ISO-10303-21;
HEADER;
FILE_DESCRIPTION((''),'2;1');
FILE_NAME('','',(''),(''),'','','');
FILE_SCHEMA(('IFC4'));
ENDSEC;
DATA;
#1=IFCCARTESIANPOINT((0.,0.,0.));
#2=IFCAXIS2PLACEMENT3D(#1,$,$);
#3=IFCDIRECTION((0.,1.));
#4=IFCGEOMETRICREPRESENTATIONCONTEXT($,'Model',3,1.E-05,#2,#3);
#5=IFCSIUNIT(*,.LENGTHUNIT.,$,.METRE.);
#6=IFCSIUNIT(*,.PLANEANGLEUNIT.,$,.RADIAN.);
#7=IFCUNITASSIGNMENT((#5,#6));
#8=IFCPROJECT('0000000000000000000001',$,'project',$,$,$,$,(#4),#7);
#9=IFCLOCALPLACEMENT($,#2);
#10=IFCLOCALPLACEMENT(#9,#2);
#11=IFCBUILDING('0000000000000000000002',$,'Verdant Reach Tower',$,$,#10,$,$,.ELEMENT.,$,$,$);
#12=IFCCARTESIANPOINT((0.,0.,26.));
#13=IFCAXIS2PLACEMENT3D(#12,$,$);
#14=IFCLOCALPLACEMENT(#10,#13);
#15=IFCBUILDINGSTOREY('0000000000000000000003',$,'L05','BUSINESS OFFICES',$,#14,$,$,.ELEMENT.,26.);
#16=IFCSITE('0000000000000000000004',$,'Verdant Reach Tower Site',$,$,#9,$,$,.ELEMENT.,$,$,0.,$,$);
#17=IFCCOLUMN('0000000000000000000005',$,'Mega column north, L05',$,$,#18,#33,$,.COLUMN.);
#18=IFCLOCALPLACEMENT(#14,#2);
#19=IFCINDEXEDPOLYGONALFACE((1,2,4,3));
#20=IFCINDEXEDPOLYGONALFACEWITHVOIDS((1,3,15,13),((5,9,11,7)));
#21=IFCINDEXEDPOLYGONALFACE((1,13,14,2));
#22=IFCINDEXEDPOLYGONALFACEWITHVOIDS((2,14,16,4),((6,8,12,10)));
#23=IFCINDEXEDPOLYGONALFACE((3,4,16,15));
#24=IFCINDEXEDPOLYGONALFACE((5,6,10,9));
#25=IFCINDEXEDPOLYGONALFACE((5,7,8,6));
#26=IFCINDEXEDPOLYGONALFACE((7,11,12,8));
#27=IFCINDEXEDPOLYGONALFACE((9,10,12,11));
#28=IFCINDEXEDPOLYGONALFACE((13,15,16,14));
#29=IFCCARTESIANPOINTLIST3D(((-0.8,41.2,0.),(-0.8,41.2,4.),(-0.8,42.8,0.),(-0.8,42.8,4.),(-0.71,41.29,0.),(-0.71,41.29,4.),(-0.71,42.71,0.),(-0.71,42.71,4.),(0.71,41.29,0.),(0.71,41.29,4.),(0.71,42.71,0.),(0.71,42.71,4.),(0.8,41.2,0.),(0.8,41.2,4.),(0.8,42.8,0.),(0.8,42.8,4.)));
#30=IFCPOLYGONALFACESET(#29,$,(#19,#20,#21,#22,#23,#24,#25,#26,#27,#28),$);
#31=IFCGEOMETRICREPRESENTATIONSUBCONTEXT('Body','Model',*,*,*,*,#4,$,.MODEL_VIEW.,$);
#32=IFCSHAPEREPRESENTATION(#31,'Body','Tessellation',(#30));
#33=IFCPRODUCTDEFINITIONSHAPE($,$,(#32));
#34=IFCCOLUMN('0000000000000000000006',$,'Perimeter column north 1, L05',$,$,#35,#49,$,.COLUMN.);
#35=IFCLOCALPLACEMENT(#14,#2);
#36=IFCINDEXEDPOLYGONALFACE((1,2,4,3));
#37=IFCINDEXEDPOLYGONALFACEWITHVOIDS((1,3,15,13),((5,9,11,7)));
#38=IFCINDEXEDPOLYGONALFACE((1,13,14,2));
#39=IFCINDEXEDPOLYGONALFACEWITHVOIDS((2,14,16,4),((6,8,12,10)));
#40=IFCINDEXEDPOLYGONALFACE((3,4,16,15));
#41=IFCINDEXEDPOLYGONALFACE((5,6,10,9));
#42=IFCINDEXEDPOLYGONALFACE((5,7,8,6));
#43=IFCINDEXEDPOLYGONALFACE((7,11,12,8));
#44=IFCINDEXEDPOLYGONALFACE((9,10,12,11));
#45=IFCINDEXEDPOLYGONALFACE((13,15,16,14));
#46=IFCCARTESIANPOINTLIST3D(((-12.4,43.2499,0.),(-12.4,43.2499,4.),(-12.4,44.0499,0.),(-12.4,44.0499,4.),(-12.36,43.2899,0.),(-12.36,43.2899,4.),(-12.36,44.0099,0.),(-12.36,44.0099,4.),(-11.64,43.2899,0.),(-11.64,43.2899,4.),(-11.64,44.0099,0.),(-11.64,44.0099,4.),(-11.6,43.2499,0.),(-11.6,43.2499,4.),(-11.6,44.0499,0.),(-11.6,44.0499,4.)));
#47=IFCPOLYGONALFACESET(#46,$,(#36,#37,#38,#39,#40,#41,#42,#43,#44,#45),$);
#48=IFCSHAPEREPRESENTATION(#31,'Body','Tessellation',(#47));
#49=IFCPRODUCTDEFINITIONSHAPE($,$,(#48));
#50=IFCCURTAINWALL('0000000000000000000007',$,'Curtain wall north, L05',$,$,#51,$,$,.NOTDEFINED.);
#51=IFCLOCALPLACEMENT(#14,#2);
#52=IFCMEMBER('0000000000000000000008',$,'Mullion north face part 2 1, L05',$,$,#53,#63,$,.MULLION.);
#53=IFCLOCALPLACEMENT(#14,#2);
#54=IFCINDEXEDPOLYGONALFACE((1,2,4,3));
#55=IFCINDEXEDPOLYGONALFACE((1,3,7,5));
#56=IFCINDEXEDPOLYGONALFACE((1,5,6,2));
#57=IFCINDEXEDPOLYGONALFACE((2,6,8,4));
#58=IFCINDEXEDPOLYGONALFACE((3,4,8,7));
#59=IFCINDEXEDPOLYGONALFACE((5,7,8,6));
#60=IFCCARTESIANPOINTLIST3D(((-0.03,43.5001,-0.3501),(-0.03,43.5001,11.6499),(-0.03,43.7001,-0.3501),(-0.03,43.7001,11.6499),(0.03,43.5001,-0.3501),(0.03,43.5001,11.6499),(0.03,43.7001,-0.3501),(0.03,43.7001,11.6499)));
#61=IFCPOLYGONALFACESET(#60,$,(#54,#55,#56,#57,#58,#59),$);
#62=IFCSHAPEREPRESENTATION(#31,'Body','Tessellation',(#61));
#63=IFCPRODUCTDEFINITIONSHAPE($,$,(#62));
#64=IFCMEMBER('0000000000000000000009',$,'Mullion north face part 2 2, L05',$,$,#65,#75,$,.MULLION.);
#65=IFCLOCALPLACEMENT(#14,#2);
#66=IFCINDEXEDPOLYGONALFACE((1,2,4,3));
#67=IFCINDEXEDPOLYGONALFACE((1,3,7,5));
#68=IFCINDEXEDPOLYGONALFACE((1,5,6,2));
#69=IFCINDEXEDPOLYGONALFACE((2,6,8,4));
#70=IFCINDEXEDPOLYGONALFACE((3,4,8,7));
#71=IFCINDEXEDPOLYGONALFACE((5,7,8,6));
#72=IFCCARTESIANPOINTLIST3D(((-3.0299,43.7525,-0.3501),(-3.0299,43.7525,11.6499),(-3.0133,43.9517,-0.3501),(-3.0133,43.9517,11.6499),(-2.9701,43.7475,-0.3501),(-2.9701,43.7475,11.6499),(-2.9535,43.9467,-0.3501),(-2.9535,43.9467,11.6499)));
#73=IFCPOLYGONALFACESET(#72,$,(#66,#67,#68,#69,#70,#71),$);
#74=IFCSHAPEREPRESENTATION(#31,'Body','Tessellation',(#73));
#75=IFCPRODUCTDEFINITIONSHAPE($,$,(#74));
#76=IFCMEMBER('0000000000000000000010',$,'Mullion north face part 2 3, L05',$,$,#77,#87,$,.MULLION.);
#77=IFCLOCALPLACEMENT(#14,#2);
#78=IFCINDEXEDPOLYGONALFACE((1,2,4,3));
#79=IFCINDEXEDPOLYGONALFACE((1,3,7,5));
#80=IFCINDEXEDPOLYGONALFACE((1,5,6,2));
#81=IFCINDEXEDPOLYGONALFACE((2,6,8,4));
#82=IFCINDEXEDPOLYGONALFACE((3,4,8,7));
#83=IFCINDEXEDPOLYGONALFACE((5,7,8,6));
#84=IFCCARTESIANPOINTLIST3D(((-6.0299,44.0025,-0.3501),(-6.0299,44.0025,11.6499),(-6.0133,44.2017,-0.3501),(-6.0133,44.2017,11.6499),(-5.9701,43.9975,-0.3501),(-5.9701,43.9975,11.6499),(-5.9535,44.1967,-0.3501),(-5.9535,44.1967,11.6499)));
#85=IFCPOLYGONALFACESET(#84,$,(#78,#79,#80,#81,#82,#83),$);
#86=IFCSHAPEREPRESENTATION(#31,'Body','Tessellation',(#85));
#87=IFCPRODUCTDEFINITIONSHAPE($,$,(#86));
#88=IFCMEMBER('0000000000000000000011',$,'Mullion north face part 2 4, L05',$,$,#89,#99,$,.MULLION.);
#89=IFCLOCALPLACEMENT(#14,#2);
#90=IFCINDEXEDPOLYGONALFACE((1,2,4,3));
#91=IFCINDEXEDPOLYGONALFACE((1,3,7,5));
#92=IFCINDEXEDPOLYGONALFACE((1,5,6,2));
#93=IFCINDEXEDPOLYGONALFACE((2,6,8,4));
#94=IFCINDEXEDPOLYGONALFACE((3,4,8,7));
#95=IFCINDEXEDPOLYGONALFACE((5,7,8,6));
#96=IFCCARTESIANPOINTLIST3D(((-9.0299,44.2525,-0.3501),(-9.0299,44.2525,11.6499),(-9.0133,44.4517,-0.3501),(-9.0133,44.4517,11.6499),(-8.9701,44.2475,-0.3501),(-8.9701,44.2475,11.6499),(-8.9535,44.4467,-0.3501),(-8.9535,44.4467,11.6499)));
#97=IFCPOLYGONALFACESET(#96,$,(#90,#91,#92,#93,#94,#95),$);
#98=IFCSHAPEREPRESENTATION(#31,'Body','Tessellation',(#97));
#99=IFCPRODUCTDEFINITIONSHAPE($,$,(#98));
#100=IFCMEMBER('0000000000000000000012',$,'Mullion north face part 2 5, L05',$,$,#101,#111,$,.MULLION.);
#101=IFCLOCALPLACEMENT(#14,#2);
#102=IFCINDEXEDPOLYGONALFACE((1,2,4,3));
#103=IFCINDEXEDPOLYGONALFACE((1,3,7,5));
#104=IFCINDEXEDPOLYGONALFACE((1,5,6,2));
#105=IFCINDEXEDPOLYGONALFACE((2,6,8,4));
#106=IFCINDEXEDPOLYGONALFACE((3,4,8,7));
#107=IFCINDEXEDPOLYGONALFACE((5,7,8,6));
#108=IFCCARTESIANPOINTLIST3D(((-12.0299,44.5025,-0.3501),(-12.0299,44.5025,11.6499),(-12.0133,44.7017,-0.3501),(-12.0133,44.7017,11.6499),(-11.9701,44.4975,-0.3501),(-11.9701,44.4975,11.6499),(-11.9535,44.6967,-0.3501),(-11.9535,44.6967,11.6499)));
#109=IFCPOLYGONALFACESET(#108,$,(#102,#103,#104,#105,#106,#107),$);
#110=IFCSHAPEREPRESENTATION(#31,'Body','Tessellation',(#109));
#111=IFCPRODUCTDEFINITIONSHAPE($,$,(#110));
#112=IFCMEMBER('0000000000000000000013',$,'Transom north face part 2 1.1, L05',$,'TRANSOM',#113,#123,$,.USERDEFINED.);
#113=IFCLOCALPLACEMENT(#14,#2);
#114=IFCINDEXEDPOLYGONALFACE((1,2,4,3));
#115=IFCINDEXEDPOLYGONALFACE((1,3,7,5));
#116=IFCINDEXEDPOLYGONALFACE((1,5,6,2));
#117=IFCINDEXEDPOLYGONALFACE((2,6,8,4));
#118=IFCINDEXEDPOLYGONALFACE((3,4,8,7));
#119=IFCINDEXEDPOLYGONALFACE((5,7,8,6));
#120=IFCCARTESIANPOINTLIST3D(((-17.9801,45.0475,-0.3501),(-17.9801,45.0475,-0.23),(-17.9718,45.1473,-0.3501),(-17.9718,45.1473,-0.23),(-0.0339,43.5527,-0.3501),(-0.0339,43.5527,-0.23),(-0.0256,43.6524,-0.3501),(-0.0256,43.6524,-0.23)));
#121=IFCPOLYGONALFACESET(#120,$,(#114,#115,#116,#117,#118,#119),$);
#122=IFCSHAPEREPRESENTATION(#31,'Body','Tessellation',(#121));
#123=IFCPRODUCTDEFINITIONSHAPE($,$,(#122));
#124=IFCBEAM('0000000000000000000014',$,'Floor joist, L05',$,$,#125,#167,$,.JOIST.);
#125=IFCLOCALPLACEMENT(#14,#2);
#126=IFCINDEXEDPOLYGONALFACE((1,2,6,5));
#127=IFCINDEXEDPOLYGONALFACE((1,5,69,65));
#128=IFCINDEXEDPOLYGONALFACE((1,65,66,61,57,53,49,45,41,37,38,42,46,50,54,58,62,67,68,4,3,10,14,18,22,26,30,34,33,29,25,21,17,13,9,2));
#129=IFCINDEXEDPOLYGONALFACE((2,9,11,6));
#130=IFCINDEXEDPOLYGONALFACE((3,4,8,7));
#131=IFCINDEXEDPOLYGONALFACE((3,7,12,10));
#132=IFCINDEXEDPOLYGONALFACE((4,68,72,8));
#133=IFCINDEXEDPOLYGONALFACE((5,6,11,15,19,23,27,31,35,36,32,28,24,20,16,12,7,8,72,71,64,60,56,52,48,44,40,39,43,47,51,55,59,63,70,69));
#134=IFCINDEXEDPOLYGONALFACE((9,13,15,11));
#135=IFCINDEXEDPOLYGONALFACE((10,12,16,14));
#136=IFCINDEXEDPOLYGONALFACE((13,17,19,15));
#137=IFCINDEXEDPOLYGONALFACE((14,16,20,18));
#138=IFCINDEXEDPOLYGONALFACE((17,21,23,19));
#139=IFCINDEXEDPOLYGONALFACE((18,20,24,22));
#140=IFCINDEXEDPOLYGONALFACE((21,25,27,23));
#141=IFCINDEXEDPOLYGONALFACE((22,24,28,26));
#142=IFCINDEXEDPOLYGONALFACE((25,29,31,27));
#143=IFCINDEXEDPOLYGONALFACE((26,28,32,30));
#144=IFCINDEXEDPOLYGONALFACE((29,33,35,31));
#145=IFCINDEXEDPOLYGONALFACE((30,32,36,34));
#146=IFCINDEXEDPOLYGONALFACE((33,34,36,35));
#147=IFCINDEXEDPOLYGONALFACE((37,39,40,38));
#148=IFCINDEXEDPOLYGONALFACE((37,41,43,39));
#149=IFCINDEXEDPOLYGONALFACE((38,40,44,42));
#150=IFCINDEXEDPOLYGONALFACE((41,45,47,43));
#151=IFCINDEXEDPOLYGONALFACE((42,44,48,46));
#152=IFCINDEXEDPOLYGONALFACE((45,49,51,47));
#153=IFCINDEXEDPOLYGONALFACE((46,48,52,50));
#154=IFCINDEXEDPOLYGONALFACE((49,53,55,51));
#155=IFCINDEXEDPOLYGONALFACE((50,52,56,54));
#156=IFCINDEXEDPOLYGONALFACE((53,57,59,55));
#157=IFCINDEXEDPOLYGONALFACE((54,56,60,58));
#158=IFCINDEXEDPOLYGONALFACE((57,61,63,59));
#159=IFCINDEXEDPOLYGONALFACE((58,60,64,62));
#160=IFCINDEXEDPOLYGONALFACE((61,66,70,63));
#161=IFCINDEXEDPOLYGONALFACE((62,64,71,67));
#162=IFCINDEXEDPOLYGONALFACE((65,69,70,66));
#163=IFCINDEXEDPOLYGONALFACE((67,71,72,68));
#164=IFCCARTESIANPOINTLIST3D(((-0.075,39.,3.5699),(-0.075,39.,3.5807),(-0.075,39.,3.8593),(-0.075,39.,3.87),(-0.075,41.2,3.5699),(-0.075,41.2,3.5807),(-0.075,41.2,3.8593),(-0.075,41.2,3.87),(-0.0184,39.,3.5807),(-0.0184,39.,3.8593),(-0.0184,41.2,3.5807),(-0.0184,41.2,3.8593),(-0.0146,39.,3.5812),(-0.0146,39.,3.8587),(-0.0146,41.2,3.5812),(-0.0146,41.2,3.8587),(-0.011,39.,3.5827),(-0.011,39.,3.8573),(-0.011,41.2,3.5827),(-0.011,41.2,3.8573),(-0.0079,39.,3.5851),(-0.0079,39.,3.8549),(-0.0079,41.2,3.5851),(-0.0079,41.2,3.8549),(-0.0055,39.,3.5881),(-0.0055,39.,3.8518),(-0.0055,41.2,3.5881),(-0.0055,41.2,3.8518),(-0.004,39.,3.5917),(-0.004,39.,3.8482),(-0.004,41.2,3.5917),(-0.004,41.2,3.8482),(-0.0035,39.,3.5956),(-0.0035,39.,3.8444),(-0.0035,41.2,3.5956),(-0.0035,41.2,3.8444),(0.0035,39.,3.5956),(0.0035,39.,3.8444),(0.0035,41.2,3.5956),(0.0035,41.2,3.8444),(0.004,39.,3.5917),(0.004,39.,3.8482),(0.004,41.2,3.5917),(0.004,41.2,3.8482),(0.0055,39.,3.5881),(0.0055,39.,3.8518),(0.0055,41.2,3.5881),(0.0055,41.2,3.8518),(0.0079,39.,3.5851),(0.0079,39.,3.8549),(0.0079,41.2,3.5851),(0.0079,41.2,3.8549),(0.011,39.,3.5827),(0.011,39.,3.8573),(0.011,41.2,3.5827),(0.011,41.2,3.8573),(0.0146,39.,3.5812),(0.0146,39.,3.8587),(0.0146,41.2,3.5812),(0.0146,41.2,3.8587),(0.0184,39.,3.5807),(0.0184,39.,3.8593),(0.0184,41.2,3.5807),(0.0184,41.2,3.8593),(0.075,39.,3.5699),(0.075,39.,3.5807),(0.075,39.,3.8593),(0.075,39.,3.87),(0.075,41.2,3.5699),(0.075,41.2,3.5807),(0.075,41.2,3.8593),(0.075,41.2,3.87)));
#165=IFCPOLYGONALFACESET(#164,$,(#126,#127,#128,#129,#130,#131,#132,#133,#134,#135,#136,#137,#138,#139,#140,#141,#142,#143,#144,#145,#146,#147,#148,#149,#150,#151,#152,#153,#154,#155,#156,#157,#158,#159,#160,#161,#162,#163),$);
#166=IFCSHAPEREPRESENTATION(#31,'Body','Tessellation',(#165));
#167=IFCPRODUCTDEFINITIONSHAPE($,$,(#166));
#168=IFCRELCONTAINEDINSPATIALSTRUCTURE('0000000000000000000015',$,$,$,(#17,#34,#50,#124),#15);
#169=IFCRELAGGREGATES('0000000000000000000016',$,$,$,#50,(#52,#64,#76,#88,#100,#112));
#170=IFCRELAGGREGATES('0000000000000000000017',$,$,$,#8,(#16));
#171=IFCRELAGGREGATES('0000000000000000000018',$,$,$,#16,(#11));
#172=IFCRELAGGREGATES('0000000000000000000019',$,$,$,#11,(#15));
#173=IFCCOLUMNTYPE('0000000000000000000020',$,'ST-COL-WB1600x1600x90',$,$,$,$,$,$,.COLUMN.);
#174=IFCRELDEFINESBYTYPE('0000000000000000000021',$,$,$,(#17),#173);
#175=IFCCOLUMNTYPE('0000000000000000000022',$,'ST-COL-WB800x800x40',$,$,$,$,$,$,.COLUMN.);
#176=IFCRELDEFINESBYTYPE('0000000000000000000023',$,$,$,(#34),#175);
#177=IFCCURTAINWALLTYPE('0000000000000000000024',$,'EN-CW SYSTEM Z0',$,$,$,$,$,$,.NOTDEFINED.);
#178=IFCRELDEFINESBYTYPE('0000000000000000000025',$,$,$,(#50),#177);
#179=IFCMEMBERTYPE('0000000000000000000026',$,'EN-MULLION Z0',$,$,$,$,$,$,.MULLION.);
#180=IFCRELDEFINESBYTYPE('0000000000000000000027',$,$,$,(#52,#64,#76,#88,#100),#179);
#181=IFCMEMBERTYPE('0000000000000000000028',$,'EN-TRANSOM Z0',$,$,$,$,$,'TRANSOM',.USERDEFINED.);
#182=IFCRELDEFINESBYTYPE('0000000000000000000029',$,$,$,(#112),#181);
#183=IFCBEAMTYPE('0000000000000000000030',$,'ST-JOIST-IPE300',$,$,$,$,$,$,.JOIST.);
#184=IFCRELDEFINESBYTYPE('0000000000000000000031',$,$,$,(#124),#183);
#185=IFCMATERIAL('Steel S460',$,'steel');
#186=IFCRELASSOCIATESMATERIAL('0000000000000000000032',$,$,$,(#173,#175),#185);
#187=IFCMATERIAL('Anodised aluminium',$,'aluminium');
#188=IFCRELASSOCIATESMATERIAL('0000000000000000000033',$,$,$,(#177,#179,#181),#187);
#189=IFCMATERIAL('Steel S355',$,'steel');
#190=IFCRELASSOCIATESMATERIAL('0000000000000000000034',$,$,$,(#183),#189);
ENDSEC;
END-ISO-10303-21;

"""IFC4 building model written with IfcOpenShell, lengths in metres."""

from ifc_helpers import new_model, si_unit, direction, frame, origin, origin_2d, place, context, subcontext, project, spatial, rectangle, hollow_rectangle, i_section, extrude, material, material_profile, profile_set, type_object, element, aggregate, save


model = new_model("IFC4")

# Units and contexts
model_context = context("Model", 3, precision=1e-05, world=origin(), true_north=direction((0.0, 1.0)))
body_context = subcontext(model_context, "Body", "Model", "MODEL_VIEW")
ifc_project = project(units=[si_unit("LENGTHUNIT", "METRE"), si_unit("PLANEANGLEUNIT", "RADIAN")], contexts=[model_context])

# Site, building, storey
site_placement = place(None, origin())
site = spatial("IfcSite", under=ifc_project, at=site_placement, Name="Verdant Reach Tower Site", CompositionType="ELEMENT", RefElevation=0.0)
building_placement = place(site_placement, origin())
building = spatial("IfcBuilding", under=site, at=building_placement, Name="Verdant Reach Tower", CompositionType="ELEMENT")
storey_placement = place(building_placement, frame((0.0, 0.0, 26.0)))
storey = spatial("IfcBuildingStorey", under=building, at=storey_placement, Name="L05", Description="BUSINESS OFFICES", CompositionType="ELEMENT", Elevation=26.0)

# Columns
ifc_material_1 = material(Name="Steel S460", Category="steel")
ifc_material_profile_1 = material_profile(ifc_material_1, hollow_rectangle(XDim=1.6001, YDim=1.6001, WallThickness=0.0901, at=origin_2d()), Name="WB 1600x1600x90")
ifc_profile_set_1 = profile_set([ifc_material_profile_1], Name="Steel S460")
column_type_1 = type_object("IfcColumnType", Name="ST-COL-WB1600x1600x90", PredefinedType="COLUMN", material=ifc_profile_set_1)
column_1_placement = place(storey_placement, frame((0.0, 42.0, 0.0), z_axis=(0.0, 0.0, 1.0), x_axis=(1.0, 0.0, 0.0)))
element("IfcColumn", 1, at=column_1_placement, inside=storey, type_object=column_type_1, Name="Mega column north, L05", PredefinedType="COLUMN", context=body_context, shape_type="SweptSolid", body=[
    extrude(hollow_rectangle(XDim=1.6001, YDim=1.6001, WallThickness=0.0901, at=origin_2d()), origin(), (0.0, 0.0, 1.0), 4.0),
])
ifc_material_profile_2 = material_profile(ifc_material_1, hollow_rectangle(XDim=0.8, YDim=0.8, WallThickness=0.04, at=origin_2d()), Name="WB 800x800x40")
ifc_profile_set_2 = profile_set([ifc_material_profile_2], Name="Steel S460")
column_type_2 = type_object("IfcColumnType", Name="ST-COL-WB800x800x40", PredefinedType="COLUMN", material=ifc_profile_set_2)
column_2_placement = place(storey_placement, frame((-12.0, 43.6499, 0.0), z_axis=(0.0, 0.0, 1.0), x_axis=(1.0, 0.0, 0.0)))
element("IfcColumn", 2, at=column_2_placement, inside=storey, type_object=column_type_2, Name="Perimeter column north 1, L05", PredefinedType="COLUMN", context=body_context, shape_type="SweptSolid", body=[
    extrude(hollow_rectangle(XDim=0.8, YDim=0.8, WallThickness=0.04, at=origin_2d()), origin(), (0.0, 0.0, 1.0), 4.0),
])

# Curtain wall, members
ifc_material_2 = material(Name="Anodised aluminium", Category="aluminium")
curtain_wall_type = type_object("IfcCurtainWallType", Name="EN-CW SYSTEM Z0", PredefinedType="NOTDEFINED", material=ifc_material_2)
curtain_wall_placement = place(storey_placement, origin())
curtain_wall = element("IfcCurtainWall", 3, at=curtain_wall_placement, inside=storey, type_object=curtain_wall_type, Name="Curtain wall north, L05", PredefinedType="NOTDEFINED")
ifc_material_profile_3 = material_profile(ifc_material_2, rectangle(XDim=0.2, YDim=0.0601, at=origin_2d()), Name="Mullion 60x200")
ifc_profile_set_3 = profile_set([ifc_material_profile_3], Name="Anodised aluminium")
member_type_1 = type_object("IfcMemberType", Name="EN-MULLION Z0", PredefinedType="MULLION", material=ifc_profile_set_3)
member_1_placement = place(storey_placement, frame((0.0, 43.6001, -0.3501), z_axis=(0.0, 0.0, 1.0), x_axis=(0.0, 1.0, 0.0)))
member_1 = element("IfcMember", 4, at=member_1_placement, type_object=member_type_1, Name="Mullion north face part 2 1, L05", PredefinedType="MULLION", context=body_context, shape_type="SweptSolid", body=[
    extrude(rectangle(XDim=0.2, YDim=0.0601, at=origin_2d()), origin(), (0.0, 0.0, 1.0), 12.0),
])
member_2_placement = place(storey_placement, frame((-2.9917, 43.8496, -0.3501), z_axis=(0.0, 0.0, 1.0), x_axis=(0.083045, 0.996546, 0.0)))
member_2 = element("IfcMember", 5, at=member_2_placement, type_object=member_type_1, Name="Mullion north face part 2 2, L05", PredefinedType="MULLION", context=body_context, shape_type="SweptSolid", body=[
    extrude(rectangle(XDim=0.2, YDim=0.0601, at=origin_2d()), origin(), (0.0, 0.0, 1.0), 12.0),
])
member_3_placement = place(storey_placement, frame((-5.9917, 44.0996, -0.3501), z_axis=(0.0, 0.0, 1.0), x_axis=(0.083045, 0.996546, 0.0)))
member_3 = element("IfcMember", 6, at=member_3_placement, type_object=member_type_1, Name="Mullion north face part 2 3, L05", PredefinedType="MULLION", context=body_context, shape_type="SweptSolid", body=[
    extrude(rectangle(XDim=0.2, YDim=0.0601, at=origin_2d()), origin(), (0.0, 0.0, 1.0), 12.0),
])
member_4_placement = place(storey_placement, frame((-8.9917, 44.3496, -0.3501), z_axis=(0.0, 0.0, 1.0), x_axis=(0.083045, 0.996546, 0.0)))
member_4 = element("IfcMember", 7, at=member_4_placement, type_object=member_type_1, Name="Mullion north face part 2 4, L05", PredefinedType="MULLION", context=body_context, shape_type="SweptSolid", body=[
    extrude(rectangle(XDim=0.2, YDim=0.0601, at=origin_2d()), origin(), (0.0, 0.0, 1.0), 12.0),
])
member_5_placement = place(storey_placement, frame((-11.9917, 44.5996, -0.3501), z_axis=(0.0, 0.0, 1.0), x_axis=(0.083045, 0.996546, 0.0)))
member_5 = element("IfcMember", 8, at=member_5_placement, type_object=member_type_1, Name="Mullion north face part 2 5, L05", PredefinedType="MULLION", context=body_context, shape_type="SweptSolid", body=[
    extrude(rectangle(XDim=0.2, YDim=0.0601, at=origin_2d()), origin(), (0.0, 0.0, 1.0), 12.0),
])
ifc_material_profile_4 = material_profile(ifc_material_2, rectangle(XDim=0.1001, YDim=0.1201, at=origin_2d()), Name="Transom 120x100")
ifc_profile_set_4 = profile_set([ifc_material_profile_4], Name="Anodised aluminium")
member_type_2 = type_object("IfcMemberType", Name="EN-TRANSOM Z0", ElementType="TRANSOM", PredefinedType="USERDEFINED", material=ifc_profile_set_4)
member_6_placement = place(storey_placement, frame((-0.0298, 43.6025, -0.29), z_axis=(-0.996549, 0.083011, 0.0), x_axis=(-0.083011, -0.996549, 0.0)))
member_6 = element("IfcMember", 9, at=member_6_placement, type_object=member_type_2, Name="Transom north face part 2 1.1, L05", ObjectType="TRANSOM", PredefinedType="USERDEFINED", context=body_context, shape_type="SweptSolid", body=[
    extrude(rectangle(XDim=0.1001, YDim=0.1201, at=origin_2d()), origin(), (0.0, 0.0, 1.0), 18.0083),
])

# Beam
ifc_material_3 = material(Name="Steel S355", Category="steel")
ifc_material_profile_5 = material_profile(ifc_material_3, i_section(OverallWidth=0.1499, OverallDepth=0.3, WebThickness=0.0071, FlangeThickness=0.0107, FilletRadius=0.0149, at=origin_2d()), Name="IPE 300")
ifc_profile_set_5 = profile_set([ifc_material_profile_5], Name="Steel S355")
beam_type_1 = type_object("IfcBeamType", Name="ST-JOIST-IPE300", PredefinedType="JOIST", material=ifc_profile_set_5)
beam_1_placement = place(storey_placement, frame((0.0, 39.0, 3.72), z_axis=(0.0, 1.0, 0.0), x_axis=(-1.0, 0.0, 0.0)))
element("IfcBeam", 10, at=beam_1_placement, inside=storey, type_object=beam_type_1, Name="Floor joist, L05", PredefinedType="JOIST", context=body_context, shape_type="SweptSolid", body=[
    extrude(i_section(OverallWidth=0.1499, OverallDepth=0.3, WebThickness=0.0071, FlangeThickness=0.0107, FilletRadius=0.0149, at=origin_2d()), origin(), (0.0, 0.0, 1.0), 2.2),
])

aggregate(curtain_wall, [member_1, member_2, member_3, member_4, member_5, member_6])

save(model, "model.ifc")
